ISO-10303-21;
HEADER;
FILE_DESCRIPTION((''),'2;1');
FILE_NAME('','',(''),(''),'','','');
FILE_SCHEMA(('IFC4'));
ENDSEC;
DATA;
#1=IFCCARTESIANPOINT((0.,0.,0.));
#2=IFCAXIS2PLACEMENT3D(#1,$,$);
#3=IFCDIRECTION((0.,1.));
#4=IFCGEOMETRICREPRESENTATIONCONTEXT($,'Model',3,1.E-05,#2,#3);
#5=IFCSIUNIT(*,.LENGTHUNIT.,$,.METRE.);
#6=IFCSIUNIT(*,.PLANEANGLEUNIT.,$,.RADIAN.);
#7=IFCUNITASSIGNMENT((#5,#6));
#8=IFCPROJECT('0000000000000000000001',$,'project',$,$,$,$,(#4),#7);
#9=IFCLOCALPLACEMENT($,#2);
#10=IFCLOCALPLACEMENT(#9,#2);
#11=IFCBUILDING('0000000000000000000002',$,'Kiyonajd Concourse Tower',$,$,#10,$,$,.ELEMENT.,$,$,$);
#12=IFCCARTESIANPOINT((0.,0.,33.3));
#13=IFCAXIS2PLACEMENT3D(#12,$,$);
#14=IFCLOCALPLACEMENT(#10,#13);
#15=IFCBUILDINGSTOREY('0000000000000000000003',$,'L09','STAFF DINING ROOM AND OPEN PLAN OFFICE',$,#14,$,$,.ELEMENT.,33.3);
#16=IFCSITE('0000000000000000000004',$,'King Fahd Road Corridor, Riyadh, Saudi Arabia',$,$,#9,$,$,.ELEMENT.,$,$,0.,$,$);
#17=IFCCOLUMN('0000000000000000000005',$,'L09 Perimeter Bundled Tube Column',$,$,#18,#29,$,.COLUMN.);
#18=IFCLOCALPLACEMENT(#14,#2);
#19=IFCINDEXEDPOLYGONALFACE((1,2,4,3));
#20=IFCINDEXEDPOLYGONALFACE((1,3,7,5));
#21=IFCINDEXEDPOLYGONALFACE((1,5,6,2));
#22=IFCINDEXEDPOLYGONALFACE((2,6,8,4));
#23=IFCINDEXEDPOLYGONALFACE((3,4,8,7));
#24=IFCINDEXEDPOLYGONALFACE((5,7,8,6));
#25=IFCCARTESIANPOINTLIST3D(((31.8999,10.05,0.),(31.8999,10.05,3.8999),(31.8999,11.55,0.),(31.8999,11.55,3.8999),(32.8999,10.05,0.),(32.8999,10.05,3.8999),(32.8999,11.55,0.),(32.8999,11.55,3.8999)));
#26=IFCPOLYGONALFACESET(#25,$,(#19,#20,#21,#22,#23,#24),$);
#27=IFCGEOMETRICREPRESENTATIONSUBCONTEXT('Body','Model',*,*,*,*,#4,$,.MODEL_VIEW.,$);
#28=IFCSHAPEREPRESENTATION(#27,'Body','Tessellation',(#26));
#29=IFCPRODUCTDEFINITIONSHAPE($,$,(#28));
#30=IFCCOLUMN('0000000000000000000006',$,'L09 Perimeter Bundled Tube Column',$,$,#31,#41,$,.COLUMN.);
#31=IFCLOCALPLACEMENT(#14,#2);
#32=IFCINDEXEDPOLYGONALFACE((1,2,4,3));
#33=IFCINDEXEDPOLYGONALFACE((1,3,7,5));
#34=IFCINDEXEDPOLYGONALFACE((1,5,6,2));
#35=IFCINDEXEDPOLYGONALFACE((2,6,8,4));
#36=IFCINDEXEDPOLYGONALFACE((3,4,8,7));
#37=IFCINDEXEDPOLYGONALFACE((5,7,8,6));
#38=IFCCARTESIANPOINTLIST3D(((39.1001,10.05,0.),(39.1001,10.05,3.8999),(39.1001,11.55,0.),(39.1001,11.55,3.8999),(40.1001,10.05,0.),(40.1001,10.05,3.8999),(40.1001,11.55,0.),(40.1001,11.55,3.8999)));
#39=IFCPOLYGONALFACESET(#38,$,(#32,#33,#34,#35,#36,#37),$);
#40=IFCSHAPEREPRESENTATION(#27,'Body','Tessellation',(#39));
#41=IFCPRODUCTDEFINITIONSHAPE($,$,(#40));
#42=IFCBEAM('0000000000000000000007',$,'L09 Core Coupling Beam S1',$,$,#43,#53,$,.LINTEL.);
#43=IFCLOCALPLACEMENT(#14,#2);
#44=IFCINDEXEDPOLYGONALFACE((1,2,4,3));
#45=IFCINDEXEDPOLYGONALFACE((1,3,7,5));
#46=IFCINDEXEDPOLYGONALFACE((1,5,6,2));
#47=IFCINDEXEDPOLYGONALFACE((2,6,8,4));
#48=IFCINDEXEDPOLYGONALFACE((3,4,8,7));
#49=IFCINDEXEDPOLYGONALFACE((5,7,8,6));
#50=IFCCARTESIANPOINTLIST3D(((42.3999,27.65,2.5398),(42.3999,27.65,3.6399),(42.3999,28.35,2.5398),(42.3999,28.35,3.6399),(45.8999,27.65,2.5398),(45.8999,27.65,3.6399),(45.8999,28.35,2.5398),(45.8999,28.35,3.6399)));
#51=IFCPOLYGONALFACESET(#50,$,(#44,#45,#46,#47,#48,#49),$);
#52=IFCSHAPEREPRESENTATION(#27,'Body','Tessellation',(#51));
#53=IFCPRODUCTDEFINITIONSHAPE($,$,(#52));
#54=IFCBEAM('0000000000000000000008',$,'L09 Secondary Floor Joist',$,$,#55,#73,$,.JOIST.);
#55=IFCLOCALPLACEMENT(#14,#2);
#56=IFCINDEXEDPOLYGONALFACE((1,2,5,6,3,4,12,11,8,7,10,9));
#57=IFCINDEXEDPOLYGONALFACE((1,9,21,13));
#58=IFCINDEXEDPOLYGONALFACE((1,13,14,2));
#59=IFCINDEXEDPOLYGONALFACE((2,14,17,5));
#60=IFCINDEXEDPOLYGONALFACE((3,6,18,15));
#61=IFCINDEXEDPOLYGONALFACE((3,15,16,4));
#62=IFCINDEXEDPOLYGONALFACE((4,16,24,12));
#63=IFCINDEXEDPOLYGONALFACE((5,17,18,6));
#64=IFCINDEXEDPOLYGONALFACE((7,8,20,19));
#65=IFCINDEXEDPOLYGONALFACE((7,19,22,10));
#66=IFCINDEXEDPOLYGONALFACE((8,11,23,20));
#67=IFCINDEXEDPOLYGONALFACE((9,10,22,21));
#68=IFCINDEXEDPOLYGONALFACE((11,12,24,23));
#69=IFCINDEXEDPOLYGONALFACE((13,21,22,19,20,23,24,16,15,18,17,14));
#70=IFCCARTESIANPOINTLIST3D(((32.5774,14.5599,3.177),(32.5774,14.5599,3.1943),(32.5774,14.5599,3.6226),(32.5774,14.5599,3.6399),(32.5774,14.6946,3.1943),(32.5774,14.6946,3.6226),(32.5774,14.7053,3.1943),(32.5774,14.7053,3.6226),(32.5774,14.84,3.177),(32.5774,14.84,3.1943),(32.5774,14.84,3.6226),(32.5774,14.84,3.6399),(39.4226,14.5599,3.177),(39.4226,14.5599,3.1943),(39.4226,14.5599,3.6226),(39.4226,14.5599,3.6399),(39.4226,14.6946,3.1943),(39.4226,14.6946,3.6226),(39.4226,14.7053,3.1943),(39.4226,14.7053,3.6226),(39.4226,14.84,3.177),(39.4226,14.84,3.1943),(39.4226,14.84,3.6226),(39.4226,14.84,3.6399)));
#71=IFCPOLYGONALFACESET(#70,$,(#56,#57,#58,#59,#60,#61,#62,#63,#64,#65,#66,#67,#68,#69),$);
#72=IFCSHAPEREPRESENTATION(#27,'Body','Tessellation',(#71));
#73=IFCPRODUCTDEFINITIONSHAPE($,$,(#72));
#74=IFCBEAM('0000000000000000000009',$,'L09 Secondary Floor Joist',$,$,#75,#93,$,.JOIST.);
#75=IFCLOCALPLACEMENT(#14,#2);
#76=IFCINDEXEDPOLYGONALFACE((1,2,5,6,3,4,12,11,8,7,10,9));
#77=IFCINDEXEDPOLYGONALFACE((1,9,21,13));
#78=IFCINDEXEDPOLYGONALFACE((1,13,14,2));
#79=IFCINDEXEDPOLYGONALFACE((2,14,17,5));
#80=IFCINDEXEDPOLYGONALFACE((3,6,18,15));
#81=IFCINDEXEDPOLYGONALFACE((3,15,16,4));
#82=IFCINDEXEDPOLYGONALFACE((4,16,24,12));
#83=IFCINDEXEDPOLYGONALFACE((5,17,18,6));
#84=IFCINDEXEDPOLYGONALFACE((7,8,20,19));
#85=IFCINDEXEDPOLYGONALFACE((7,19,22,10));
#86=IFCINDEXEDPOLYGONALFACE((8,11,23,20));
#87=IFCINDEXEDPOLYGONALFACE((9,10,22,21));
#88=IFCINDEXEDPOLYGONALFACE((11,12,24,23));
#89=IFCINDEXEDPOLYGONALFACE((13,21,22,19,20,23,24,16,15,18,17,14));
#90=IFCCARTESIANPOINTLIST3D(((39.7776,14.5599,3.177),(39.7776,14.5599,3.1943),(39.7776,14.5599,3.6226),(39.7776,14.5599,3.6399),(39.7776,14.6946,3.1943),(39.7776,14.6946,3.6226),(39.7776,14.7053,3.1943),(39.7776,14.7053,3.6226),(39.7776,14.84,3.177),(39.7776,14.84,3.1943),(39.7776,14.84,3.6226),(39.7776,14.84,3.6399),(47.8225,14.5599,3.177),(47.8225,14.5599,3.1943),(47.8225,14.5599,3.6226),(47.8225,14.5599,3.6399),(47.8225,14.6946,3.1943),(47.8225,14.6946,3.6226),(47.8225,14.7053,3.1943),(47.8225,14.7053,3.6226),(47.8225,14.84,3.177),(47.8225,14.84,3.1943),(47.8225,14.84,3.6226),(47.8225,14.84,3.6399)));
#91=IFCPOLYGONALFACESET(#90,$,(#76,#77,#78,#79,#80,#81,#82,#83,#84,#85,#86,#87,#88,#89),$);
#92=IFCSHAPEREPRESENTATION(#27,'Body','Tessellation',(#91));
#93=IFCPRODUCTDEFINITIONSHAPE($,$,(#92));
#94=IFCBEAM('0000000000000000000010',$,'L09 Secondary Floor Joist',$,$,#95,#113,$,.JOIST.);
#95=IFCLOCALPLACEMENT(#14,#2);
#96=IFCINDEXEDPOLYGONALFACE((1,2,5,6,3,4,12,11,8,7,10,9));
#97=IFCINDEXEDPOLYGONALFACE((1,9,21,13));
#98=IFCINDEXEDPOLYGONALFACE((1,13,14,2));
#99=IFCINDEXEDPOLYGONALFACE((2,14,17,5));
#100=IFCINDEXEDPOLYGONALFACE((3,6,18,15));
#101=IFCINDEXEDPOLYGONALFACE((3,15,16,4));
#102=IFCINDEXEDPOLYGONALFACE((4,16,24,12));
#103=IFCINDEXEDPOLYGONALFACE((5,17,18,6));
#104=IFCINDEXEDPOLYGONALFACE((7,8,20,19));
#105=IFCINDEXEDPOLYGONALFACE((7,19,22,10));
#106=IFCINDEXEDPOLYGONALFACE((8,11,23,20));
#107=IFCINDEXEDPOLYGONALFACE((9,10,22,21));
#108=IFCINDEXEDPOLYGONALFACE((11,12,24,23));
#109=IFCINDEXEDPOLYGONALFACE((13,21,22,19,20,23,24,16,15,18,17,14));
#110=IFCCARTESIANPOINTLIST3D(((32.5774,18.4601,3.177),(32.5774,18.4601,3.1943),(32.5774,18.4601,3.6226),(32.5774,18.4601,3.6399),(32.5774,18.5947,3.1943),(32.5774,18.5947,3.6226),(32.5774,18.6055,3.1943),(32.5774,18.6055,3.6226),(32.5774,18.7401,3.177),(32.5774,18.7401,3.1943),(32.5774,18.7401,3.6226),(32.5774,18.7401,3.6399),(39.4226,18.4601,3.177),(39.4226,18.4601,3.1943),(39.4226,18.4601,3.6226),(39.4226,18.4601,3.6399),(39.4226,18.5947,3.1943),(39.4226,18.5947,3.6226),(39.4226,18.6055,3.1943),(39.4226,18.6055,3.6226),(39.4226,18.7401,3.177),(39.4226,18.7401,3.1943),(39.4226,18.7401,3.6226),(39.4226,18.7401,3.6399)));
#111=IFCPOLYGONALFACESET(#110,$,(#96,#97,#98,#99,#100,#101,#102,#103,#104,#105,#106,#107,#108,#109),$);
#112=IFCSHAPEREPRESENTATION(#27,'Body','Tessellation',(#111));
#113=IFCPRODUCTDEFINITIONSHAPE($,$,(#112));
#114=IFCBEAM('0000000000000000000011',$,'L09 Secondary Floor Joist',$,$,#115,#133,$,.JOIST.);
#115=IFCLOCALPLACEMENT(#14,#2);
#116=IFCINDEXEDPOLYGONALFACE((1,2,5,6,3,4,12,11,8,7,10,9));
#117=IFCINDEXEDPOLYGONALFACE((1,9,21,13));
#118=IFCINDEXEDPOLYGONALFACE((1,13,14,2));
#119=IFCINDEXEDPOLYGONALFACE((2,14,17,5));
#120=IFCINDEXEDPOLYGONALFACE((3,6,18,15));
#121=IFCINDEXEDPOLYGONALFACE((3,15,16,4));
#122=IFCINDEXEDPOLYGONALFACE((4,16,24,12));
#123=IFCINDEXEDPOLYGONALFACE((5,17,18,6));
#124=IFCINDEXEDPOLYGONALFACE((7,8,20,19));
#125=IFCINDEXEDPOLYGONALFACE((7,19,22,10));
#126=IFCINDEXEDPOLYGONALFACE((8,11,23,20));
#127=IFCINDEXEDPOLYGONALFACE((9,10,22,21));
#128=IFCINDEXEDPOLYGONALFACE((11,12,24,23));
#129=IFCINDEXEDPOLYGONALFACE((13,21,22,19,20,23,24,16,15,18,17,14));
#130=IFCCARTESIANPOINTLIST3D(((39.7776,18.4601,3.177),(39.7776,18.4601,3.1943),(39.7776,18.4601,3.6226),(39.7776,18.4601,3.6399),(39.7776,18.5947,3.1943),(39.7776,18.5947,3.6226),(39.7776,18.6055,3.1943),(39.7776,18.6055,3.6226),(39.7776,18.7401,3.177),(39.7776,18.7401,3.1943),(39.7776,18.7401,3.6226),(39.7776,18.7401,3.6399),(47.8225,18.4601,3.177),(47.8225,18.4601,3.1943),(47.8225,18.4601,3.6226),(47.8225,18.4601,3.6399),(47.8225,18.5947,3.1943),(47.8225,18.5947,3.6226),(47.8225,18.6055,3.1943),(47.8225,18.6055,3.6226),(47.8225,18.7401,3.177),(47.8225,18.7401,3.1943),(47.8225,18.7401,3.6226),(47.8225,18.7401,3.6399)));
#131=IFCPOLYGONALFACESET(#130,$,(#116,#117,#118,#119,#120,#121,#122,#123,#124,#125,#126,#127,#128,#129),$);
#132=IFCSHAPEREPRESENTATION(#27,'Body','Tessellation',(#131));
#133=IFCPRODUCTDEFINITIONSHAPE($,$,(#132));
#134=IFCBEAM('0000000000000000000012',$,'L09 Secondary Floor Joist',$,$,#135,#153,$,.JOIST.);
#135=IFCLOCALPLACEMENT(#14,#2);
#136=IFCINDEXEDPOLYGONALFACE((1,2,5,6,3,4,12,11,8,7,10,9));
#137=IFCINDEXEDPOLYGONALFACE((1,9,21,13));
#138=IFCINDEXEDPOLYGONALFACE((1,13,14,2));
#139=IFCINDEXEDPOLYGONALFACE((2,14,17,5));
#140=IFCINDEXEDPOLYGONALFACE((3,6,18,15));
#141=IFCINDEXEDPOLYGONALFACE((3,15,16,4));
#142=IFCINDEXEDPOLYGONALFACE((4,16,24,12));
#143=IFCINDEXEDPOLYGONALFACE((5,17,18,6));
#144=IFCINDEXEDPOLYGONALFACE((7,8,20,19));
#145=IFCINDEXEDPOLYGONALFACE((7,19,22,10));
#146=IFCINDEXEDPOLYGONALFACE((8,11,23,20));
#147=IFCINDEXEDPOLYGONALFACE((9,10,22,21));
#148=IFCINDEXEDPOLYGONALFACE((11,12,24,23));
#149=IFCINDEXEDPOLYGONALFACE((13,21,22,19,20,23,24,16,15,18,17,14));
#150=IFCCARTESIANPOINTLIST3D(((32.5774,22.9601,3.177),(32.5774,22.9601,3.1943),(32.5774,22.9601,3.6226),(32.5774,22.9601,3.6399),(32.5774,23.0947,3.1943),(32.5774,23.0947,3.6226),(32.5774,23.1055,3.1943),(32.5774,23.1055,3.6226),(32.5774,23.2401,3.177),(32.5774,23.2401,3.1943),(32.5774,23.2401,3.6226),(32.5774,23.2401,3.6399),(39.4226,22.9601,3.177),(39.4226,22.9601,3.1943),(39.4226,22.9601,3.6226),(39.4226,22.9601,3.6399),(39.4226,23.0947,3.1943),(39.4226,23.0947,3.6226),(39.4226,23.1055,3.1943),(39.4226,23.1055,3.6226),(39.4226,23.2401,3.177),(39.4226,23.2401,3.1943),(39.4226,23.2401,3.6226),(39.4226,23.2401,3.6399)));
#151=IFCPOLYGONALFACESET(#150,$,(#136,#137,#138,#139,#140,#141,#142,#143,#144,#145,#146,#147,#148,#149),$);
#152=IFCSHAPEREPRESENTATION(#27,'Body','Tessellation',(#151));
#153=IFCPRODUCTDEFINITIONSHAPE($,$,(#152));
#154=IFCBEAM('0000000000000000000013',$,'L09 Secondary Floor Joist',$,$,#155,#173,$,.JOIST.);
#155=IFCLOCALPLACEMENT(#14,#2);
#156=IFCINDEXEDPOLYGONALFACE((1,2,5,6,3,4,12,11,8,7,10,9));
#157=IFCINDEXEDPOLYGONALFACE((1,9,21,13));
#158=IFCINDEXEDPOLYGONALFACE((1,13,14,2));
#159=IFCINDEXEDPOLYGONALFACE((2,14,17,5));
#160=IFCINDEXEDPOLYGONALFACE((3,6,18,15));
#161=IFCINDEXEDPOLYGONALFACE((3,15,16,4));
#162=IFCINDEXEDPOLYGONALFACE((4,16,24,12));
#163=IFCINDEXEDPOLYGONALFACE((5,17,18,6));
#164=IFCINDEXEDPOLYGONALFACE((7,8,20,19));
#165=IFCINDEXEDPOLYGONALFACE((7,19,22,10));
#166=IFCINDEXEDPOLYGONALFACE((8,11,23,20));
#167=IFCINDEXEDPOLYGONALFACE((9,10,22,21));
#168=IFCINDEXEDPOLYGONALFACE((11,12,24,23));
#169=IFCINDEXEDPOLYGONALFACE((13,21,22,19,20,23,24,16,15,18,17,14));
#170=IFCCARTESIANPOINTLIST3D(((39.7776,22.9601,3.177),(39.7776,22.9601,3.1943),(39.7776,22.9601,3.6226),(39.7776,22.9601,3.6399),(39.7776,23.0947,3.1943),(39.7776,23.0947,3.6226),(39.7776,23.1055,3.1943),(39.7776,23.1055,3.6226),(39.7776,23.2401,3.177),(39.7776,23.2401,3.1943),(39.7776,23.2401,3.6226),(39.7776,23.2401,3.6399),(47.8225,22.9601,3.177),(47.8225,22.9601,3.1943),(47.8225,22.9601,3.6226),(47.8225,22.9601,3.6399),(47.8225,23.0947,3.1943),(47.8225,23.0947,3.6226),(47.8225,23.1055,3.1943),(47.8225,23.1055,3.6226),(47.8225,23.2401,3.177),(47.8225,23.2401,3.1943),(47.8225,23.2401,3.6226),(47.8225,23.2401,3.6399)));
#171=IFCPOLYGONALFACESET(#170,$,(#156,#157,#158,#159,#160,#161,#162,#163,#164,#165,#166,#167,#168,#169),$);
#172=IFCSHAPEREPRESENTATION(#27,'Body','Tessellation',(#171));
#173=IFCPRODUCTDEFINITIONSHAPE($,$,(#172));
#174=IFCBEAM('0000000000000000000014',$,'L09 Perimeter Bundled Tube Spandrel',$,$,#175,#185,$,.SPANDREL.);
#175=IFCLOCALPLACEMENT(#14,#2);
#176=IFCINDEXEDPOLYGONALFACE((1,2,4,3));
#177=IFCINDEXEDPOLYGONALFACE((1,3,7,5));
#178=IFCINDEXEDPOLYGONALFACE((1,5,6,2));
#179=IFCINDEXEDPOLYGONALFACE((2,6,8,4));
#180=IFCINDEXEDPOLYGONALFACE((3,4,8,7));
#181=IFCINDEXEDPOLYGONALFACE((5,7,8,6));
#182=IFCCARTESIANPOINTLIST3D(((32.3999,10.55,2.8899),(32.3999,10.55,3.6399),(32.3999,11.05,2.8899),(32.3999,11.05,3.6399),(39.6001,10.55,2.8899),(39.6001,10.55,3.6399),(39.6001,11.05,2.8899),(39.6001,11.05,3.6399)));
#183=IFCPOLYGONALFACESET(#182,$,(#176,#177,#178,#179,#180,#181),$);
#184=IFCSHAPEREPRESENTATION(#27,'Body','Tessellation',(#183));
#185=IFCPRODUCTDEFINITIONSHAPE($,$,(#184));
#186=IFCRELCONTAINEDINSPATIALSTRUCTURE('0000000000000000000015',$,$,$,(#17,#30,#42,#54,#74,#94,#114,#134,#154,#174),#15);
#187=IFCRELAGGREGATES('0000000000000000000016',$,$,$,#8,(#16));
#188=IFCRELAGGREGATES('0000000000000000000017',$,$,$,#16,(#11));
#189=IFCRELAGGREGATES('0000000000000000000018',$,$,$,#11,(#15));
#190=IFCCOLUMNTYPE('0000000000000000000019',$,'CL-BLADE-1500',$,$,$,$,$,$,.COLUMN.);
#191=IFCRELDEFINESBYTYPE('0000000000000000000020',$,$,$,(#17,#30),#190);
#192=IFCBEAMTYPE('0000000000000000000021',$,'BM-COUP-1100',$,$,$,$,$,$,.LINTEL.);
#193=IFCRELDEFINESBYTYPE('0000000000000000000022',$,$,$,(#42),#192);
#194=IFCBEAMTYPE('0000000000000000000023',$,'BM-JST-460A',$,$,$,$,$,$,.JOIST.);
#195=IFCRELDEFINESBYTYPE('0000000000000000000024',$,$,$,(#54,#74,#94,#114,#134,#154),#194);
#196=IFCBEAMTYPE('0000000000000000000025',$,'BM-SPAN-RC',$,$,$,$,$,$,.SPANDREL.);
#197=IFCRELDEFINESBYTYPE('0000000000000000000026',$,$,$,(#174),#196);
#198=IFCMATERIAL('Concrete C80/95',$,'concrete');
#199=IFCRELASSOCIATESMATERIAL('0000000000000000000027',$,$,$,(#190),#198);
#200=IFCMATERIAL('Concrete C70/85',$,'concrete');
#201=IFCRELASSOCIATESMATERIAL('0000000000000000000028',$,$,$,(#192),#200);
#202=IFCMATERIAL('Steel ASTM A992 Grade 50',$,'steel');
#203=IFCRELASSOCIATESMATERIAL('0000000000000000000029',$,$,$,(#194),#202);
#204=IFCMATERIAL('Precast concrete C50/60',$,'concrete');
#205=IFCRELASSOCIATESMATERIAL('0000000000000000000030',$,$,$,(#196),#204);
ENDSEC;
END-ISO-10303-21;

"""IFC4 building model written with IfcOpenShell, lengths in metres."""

from ifc_helpers import new_model, si_unit, direction, frame, origin, origin_2d, place, context, subcontext, project, spatial, rectangle, i_section, extrude, material, material_profile, profile_set, type_object, element, save


model = new_model("IFC4")

# Units and contexts
model_context = context("Model", 3, precision=1e-05, world=origin(), true_north=direction((0.0, 1.0)))
body_context = subcontext(model_context, "Body", "Model", "MODEL_VIEW")
ifc_project = project(units=[si_unit("LENGTHUNIT", "METRE"), si_unit("PLANEANGLEUNIT", "RADIAN")], contexts=[model_context])

# Site, building, storey
site_placement = place(None, origin())
site = spatial("IfcSite", under=ifc_project, at=site_placement, Name="King Fahd Road Corridor, Riyadh, Saudi Arabia", CompositionType="ELEMENT", RefElevation=0.0)
building_placement = place(site_placement, origin())
building = spatial("IfcBuilding", under=site, at=building_placement, Name="Kiyonajd Concourse Tower", CompositionType="ELEMENT")
storey_placement = place(building_placement, frame((0.0, 0.0, 33.3)))
storey = spatial("IfcBuildingStorey", under=building, at=storey_placement, Name="L09", Description="STAFF DINING ROOM AND OPEN PLAN OFFICE", CompositionType="ELEMENT", Elevation=33.3)

# Columns
ifc_material_1 = material(Name="Concrete C80/95", Category="concrete")
ifc_material_profile_1 = material_profile(ifc_material_1, rectangle(XDim=1.0, YDim=1.5, at=origin_2d()), Name="RC-1500x1000")
ifc_profile_set_1 = profile_set([ifc_material_profile_1], Name="Concrete C80/95")
column_type = type_object("IfcColumnType", Name="CL-BLADE-1500", PredefinedType="COLUMN", material=ifc_profile_set_1)
for number, where, z_axis, x_axis, name in (
    (1, (32.3999, 10.8, 0.0), (0.0, 0.0, 1.0), (1.0, 0.0, 0.0), "L09 Perimeter Bundled Tube Column"),
    (2, (39.6001, 10.8, 0.0), (0.0, 0.0, 1.0), (1.0, 0.0, 0.0), "L09 Perimeter Bundled Tube Column"),
):
    element("IfcColumn", number, at=place(storey_placement, frame(where, z_axis=z_axis, x_axis=x_axis)), inside=storey, type_object=column_type, Name=name, PredefinedType="COLUMN", context=body_context, shape_type="SweptSolid", body=[
        extrude(rectangle(XDim=1.0, YDim=1.5, at=origin_2d()), origin(), (0.0, 0.0, 1.0), 3.8999),
    ])

# Beams
ifc_material_2 = material(Name="Concrete C70/85", Category="concrete")
ifc_material_profile_2 = material_profile(ifc_material_2, rectangle(XDim=0.7, YDim=1.1001, at=origin_2d()), Name="RCBM-700x1100")
ifc_profile_set_2 = profile_set([ifc_material_profile_2], Name="Concrete C70/85")
beam_type_1 = type_object("IfcBeamType", Name="BM-COUP-1100", PredefinedType="LINTEL", material=ifc_profile_set_2)
beam_1_placement = place(storey_placement, frame((42.3999, 28.0, 3.0898), z_axis=(1.0, 0.0, 0.0), x_axis=(0.0, 1.0, 0.0)))
element("IfcBeam", 3, at=beam_1_placement, inside=storey, type_object=beam_type_1, Name="L09 Core Coupling Beam S1", PredefinedType="LINTEL", context=body_context, shape_type="SweptSolid", body=[
    extrude(rectangle(XDim=0.7, YDim=1.1001, at=origin_2d()), origin(), (0.0, 0.0, 1.0), 3.5),
])
ifc_material_3 = material(Name="Steel ASTM A992 Grade 50", Category="steel")
ifc_material_profile_3 = material_profile(ifc_material_3, i_section(OverallWidth=0.28, OverallDepth=0.4629, WebThickness=0.0107, FlangeThickness=0.0173, at=origin_2d()), Name="W460X113")
ifc_profile_set_3 = profile_set([ifc_material_profile_3], Name="Steel ASTM A992 Grade 50")
beam_type_2 = type_object("IfcBeamType", Name="BM-JST-460A", PredefinedType="JOIST", material=ifc_profile_set_3)
beam_2_placement = place(storey_placement, frame((32.5774, 14.7, 3.4084), z_axis=(1.0, 0.0, 0.0), x_axis=(0.0, 1.0, 0.0)))
element("IfcBeam", 4, at=beam_2_placement, inside=storey, type_object=beam_type_2, Name="L09 Secondary Floor Joist", PredefinedType="JOIST", context=body_context, shape_type="SweptSolid", body=[
    extrude(i_section(OverallWidth=0.28, OverallDepth=0.4629, WebThickness=0.0107, FlangeThickness=0.0173, at=origin_2d()), origin(), (0.0, 0.0, 1.0), 6.8452),
])
beam_3_placement = place(storey_placement, frame((39.7776, 14.7, 3.4084), z_axis=(1.0, 0.0, 0.0), x_axis=(0.0, 1.0, 0.0)))
element("IfcBeam", 5, at=beam_3_placement, inside=storey, type_object=beam_type_2, Name="L09 Secondary Floor Joist", PredefinedType="JOIST", context=body_context, shape_type="SweptSolid", body=[
    extrude(i_section(OverallWidth=0.28, OverallDepth=0.4629, WebThickness=0.0107, FlangeThickness=0.0173, at=origin_2d()), origin(), (0.0, 0.0, 1.0), 8.0449),
])
beam_4_placement = place(storey_placement, frame((32.5774, 18.6001, 3.4084), z_axis=(1.0, 0.0, 0.0), x_axis=(0.0, 1.0, 0.0)))
element("IfcBeam", 6, at=beam_4_placement, inside=storey, type_object=beam_type_2, Name="L09 Secondary Floor Joist", PredefinedType="JOIST", context=body_context, shape_type="SweptSolid", body=[
    extrude(i_section(OverallWidth=0.28, OverallDepth=0.4629, WebThickness=0.0107, FlangeThickness=0.0173, at=origin_2d()), origin(), (0.0, 0.0, 1.0), 6.8452),
])
beam_5_placement = place(storey_placement, frame((39.7776, 18.6001, 3.4084), z_axis=(1.0, 0.0, 0.0), x_axis=(0.0, 1.0, 0.0)))
element("IfcBeam", 7, at=beam_5_placement, inside=storey, type_object=beam_type_2, Name="L09 Secondary Floor Joist", PredefinedType="JOIST", context=body_context, shape_type="SweptSolid", body=[
    extrude(i_section(OverallWidth=0.28, OverallDepth=0.4629, WebThickness=0.0107, FlangeThickness=0.0173, at=origin_2d()), origin(), (0.0, 0.0, 1.0), 8.0449),
])
beam_6_placement = place(storey_placement, frame((32.5774, 23.1001, 3.4084), z_axis=(1.0, 0.0, 0.0), x_axis=(0.0, 1.0, 0.0)))
element("IfcBeam", 8, at=beam_6_placement, inside=storey, type_object=beam_type_2, Name="L09 Secondary Floor Joist", PredefinedType="JOIST", context=body_context, shape_type="SweptSolid", body=[
    extrude(i_section(OverallWidth=0.28, OverallDepth=0.4629, WebThickness=0.0107, FlangeThickness=0.0173, at=origin_2d()), origin(), (0.0, 0.0, 1.0), 6.8452),
])
beam_7_placement = place(storey_placement, frame((39.7776, 23.1001, 3.4084), z_axis=(1.0, 0.0, 0.0), x_axis=(0.0, 1.0, 0.0)))
element("IfcBeam", 9, at=beam_7_placement, inside=storey, type_object=beam_type_2, Name="L09 Secondary Floor Joist", PredefinedType="JOIST", context=body_context, shape_type="SweptSolid", body=[
    extrude(i_section(OverallWidth=0.28, OverallDepth=0.4629, WebThickness=0.0107, FlangeThickness=0.0173, at=origin_2d()), origin(), (0.0, 0.0, 1.0), 8.0449),
])
ifc_material_4 = material(Name="Precast concrete C50/60", Category="concrete")
ifc_material_profile_4 = material_profile(ifc_material_4, rectangle(XDim=0.5, YDim=0.75, at=origin_2d()), Name="RCBM-500x750")
ifc_profile_set_4 = profile_set([ifc_material_profile_4], Name="Precast concrete C50/60")
beam_type_3 = type_object("IfcBeamType", Name="BM-SPAN-RC", PredefinedType="SPANDREL", material=ifc_profile_set_4)
beam_8_placement = place(storey_placement, frame((32.3999, 10.8, 3.2649), z_axis=(1.0, 0.0, 0.0), x_axis=(0.0, 1.0, 0.0)))
element("IfcBeam", 10, at=beam_8_placement, inside=storey, type_object=beam_type_3, Name="L09 Perimeter Bundled Tube Spandrel", PredefinedType="SPANDREL", context=body_context, shape_type="SweptSolid", body=[
    extrude(rectangle(XDim=0.5, YDim=0.75, at=origin_2d()), origin(), (0.0, 0.0, 1.0), 7.2002),
])

save(model, "model.ifc")
